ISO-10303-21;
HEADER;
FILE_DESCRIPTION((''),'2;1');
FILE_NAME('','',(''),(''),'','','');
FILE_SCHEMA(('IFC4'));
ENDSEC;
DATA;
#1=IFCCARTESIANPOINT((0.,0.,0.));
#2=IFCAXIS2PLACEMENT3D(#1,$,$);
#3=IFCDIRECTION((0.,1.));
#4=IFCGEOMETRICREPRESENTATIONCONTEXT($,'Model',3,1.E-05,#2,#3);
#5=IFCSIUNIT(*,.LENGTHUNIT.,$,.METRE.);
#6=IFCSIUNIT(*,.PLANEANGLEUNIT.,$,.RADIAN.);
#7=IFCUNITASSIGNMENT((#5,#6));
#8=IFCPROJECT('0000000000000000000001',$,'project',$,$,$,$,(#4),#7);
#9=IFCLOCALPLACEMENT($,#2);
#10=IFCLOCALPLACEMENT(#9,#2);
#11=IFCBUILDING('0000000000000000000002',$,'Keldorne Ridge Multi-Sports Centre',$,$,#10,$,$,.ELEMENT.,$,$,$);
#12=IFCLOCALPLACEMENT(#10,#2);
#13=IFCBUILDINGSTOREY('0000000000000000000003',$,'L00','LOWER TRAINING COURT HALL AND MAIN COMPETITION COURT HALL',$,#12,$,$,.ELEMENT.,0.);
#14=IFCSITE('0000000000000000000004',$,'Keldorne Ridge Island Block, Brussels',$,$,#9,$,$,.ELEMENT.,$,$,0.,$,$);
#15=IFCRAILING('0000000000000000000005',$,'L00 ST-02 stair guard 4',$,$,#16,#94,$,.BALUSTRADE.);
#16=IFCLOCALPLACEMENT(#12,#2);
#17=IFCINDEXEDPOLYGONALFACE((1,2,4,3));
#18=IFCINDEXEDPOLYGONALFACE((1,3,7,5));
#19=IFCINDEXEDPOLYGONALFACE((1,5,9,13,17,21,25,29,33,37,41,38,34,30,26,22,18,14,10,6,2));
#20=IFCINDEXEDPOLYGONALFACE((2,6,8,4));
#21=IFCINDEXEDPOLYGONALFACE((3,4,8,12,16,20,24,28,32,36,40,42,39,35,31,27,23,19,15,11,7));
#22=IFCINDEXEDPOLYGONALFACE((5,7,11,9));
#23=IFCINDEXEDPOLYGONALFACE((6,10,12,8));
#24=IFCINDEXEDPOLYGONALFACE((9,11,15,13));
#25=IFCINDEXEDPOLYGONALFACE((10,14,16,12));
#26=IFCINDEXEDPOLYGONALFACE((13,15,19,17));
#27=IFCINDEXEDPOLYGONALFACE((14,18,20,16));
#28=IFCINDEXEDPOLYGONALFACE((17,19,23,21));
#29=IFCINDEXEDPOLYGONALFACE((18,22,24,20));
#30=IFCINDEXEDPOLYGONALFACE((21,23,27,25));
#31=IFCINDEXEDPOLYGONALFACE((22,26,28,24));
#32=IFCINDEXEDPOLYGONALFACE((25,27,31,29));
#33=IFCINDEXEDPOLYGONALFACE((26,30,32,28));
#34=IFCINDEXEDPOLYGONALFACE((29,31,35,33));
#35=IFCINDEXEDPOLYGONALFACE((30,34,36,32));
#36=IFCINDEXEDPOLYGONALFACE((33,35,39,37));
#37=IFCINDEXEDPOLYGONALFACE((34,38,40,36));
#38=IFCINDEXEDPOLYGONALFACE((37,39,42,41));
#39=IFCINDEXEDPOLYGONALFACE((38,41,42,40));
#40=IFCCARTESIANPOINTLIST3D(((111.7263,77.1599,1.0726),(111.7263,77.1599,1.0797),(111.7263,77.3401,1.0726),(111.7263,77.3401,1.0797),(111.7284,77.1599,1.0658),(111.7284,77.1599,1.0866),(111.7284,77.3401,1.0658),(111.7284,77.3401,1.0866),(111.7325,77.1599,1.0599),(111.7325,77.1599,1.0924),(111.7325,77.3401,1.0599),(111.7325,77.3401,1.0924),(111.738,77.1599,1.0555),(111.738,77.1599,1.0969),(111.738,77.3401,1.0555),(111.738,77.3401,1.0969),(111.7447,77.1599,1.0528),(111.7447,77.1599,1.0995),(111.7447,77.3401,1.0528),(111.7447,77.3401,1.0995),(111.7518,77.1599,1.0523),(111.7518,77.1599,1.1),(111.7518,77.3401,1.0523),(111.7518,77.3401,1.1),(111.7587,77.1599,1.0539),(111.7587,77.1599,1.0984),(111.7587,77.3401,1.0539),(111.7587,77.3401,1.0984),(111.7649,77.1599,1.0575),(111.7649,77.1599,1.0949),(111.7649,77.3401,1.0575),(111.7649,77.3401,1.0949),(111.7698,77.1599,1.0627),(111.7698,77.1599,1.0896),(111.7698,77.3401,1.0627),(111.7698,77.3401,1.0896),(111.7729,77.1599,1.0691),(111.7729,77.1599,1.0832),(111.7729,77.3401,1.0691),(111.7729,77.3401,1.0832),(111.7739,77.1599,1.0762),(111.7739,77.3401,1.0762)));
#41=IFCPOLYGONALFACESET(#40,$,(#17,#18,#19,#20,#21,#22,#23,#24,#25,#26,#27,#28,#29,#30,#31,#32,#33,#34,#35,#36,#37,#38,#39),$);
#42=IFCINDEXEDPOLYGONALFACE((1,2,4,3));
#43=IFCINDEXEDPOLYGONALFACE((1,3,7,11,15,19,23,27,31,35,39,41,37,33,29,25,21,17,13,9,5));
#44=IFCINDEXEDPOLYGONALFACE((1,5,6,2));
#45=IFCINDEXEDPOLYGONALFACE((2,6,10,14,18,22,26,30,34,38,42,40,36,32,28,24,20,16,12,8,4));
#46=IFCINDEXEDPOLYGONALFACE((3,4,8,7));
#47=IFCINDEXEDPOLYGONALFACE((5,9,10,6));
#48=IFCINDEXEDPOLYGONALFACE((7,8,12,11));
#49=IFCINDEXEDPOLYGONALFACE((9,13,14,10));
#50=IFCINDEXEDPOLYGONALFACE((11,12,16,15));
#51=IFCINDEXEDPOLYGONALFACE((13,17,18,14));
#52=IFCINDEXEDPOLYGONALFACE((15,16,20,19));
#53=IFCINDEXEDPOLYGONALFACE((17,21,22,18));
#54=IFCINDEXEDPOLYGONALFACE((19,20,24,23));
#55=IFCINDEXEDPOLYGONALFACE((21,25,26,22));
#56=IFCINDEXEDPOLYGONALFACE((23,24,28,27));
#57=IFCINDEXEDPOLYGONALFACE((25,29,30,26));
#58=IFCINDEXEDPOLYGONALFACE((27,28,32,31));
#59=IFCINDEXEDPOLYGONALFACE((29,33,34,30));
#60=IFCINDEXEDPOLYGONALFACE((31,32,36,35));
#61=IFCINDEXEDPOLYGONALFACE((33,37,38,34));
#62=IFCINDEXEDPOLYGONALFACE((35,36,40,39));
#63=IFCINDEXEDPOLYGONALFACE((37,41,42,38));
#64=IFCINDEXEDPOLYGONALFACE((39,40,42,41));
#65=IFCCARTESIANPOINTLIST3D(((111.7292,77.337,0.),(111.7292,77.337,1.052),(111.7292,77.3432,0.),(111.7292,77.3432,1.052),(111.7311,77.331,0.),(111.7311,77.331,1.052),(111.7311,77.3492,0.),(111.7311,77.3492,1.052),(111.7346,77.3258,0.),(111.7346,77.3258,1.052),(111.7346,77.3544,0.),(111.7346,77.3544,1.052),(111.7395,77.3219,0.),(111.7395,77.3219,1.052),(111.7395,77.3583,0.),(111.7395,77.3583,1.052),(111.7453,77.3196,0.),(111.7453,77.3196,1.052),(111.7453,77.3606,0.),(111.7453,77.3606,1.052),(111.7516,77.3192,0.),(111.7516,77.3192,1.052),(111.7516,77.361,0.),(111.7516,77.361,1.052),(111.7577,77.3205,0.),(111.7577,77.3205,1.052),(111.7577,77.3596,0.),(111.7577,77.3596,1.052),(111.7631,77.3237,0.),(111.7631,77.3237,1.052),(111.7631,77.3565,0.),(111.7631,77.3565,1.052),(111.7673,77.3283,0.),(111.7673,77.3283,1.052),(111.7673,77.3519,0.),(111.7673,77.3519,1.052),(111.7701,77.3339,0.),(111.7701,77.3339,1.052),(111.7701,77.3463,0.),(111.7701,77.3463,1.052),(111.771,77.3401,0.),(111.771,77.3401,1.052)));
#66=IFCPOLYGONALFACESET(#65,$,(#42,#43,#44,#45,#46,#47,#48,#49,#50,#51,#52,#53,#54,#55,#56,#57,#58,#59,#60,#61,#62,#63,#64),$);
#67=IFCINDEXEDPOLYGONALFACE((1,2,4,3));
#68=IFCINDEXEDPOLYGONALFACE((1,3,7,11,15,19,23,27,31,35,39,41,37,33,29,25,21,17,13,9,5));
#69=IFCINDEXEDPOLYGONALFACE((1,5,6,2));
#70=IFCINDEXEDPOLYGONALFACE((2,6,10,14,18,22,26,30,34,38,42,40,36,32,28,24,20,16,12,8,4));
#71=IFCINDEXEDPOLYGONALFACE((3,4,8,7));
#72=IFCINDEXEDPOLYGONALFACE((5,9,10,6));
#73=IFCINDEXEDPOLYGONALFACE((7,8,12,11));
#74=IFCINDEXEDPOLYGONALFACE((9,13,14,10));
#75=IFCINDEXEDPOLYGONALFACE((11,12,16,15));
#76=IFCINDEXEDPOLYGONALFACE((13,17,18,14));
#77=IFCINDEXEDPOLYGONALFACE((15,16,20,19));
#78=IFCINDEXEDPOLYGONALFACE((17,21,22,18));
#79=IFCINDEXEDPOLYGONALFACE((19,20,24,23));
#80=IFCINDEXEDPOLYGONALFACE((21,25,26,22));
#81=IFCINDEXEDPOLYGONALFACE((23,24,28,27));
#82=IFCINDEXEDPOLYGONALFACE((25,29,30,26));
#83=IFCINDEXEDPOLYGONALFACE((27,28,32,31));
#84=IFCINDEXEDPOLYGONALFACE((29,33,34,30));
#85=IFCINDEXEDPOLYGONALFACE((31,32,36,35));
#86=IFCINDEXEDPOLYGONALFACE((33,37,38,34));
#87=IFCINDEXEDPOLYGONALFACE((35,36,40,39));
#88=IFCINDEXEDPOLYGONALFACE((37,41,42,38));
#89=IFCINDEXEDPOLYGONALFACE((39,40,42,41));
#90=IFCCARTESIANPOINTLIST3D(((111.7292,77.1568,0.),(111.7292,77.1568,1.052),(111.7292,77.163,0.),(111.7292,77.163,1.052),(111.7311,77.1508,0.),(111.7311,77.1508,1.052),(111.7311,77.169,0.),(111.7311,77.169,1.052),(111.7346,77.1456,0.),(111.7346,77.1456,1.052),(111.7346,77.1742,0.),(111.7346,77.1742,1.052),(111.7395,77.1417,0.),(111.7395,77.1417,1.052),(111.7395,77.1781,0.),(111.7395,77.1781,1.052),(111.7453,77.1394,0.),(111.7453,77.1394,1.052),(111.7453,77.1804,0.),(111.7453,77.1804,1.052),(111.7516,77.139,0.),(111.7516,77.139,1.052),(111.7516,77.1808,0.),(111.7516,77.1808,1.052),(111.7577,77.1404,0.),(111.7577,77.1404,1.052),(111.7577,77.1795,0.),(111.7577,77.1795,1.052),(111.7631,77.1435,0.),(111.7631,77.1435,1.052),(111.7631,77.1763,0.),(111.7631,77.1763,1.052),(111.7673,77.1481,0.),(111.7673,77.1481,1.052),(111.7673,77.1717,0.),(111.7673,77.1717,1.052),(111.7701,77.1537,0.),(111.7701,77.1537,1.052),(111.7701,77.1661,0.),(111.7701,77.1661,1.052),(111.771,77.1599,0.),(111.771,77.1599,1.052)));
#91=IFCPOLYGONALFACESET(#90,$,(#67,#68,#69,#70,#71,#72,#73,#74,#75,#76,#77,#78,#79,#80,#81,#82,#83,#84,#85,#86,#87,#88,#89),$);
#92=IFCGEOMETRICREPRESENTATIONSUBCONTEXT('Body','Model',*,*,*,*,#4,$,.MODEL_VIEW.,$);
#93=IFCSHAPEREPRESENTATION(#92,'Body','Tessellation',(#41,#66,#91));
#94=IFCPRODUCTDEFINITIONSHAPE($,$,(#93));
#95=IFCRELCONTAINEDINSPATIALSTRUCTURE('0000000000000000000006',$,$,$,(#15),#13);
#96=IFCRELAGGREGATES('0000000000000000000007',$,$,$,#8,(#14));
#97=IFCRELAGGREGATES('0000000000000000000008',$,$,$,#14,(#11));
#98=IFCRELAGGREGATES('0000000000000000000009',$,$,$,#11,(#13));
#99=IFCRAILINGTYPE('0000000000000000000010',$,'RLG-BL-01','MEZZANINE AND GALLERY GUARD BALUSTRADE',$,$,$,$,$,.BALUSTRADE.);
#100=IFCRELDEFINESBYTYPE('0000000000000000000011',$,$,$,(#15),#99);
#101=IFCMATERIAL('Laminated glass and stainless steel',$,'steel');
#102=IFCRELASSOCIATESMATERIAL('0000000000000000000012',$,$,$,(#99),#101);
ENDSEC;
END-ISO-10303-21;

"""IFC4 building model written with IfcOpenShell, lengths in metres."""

from ifc_helpers import new_model, si_unit, direction, frame, origin, origin_2d, place, context, subcontext, project, spatial, circle, extrude, material, type_object, element, save


model = new_model("IFC4")

# Units and contexts
model_context = context("Model", 3, precision=1e-05, world=origin(), true_north=direction((0.0, 1.0)))
body_context = subcontext(model_context, "Body", "Model", "MODEL_VIEW")
ifc_project = project(units=[si_unit("LENGTHUNIT", "METRE"), si_unit("PLANEANGLEUNIT", "RADIAN")], contexts=[model_context])

# Site, building, storey
site_placement = place(None, origin())
site = spatial("IfcSite", under=ifc_project, at=site_placement, Name="Keldorne Ridge Island Block, Brussels", CompositionType="ELEMENT", RefElevation=0.0)
building_placement = place(site_placement, origin())
building = spatial("IfcBuilding", under=site, at=building_placement, Name="Keldorne Ridge Multi-Sports Centre", CompositionType="ELEMENT")
storey_placement = place(building_placement, origin())
storey = spatial("IfcBuildingStorey", under=building, at=storey_placement, Name="L00", Description="LOWER TRAINING COURT HALL AND MAIN COMPETITION COURT HALL", CompositionType="ELEMENT", Elevation=0.0)

# Railing
ifc_material_1 = material(Name="Laminated glass and stainless steel", Category="steel")
railing_type_1 = type_object("IfcRailingType", Name="RLG-BL-01", Description="MEZZANINE AND GALLERY GUARD BALUSTRADE", PredefinedType="BALUSTRADE", material=ifc_material_1)
railing_1_placement = place(storey_placement, frame((111.75, 77.3401, 0.0)))
element("IfcRailing", 1, at=railing_1_placement, inside=storey, type_object=railing_type_1, Name="L00 ST-02 stair guard 4", PredefinedType="BALUSTRADE", context=body_context, shape_type="SweptSolid", body=[
    extrude(circle(Radius=0.0239, at=origin_2d()), frame((0.0, 0.0, 1.0762), z_axis=(0.0, -1.0, 0.0), x_axis=(1.0, 0.0, 0.0)), (0.0, 0.0, 1.0), 0.1802),
    extrude(circle(Radius=0.021, at=origin_2d()), origin(), (0.0, 0.0, 1.0), 1.052),
    extrude(circle(Radius=0.021, at=origin_2d()), frame((0.0, -0.1802, 0.0)), (0.0, 0.0, 1.0), 1.052),
])

save(model, "model.ifc")
